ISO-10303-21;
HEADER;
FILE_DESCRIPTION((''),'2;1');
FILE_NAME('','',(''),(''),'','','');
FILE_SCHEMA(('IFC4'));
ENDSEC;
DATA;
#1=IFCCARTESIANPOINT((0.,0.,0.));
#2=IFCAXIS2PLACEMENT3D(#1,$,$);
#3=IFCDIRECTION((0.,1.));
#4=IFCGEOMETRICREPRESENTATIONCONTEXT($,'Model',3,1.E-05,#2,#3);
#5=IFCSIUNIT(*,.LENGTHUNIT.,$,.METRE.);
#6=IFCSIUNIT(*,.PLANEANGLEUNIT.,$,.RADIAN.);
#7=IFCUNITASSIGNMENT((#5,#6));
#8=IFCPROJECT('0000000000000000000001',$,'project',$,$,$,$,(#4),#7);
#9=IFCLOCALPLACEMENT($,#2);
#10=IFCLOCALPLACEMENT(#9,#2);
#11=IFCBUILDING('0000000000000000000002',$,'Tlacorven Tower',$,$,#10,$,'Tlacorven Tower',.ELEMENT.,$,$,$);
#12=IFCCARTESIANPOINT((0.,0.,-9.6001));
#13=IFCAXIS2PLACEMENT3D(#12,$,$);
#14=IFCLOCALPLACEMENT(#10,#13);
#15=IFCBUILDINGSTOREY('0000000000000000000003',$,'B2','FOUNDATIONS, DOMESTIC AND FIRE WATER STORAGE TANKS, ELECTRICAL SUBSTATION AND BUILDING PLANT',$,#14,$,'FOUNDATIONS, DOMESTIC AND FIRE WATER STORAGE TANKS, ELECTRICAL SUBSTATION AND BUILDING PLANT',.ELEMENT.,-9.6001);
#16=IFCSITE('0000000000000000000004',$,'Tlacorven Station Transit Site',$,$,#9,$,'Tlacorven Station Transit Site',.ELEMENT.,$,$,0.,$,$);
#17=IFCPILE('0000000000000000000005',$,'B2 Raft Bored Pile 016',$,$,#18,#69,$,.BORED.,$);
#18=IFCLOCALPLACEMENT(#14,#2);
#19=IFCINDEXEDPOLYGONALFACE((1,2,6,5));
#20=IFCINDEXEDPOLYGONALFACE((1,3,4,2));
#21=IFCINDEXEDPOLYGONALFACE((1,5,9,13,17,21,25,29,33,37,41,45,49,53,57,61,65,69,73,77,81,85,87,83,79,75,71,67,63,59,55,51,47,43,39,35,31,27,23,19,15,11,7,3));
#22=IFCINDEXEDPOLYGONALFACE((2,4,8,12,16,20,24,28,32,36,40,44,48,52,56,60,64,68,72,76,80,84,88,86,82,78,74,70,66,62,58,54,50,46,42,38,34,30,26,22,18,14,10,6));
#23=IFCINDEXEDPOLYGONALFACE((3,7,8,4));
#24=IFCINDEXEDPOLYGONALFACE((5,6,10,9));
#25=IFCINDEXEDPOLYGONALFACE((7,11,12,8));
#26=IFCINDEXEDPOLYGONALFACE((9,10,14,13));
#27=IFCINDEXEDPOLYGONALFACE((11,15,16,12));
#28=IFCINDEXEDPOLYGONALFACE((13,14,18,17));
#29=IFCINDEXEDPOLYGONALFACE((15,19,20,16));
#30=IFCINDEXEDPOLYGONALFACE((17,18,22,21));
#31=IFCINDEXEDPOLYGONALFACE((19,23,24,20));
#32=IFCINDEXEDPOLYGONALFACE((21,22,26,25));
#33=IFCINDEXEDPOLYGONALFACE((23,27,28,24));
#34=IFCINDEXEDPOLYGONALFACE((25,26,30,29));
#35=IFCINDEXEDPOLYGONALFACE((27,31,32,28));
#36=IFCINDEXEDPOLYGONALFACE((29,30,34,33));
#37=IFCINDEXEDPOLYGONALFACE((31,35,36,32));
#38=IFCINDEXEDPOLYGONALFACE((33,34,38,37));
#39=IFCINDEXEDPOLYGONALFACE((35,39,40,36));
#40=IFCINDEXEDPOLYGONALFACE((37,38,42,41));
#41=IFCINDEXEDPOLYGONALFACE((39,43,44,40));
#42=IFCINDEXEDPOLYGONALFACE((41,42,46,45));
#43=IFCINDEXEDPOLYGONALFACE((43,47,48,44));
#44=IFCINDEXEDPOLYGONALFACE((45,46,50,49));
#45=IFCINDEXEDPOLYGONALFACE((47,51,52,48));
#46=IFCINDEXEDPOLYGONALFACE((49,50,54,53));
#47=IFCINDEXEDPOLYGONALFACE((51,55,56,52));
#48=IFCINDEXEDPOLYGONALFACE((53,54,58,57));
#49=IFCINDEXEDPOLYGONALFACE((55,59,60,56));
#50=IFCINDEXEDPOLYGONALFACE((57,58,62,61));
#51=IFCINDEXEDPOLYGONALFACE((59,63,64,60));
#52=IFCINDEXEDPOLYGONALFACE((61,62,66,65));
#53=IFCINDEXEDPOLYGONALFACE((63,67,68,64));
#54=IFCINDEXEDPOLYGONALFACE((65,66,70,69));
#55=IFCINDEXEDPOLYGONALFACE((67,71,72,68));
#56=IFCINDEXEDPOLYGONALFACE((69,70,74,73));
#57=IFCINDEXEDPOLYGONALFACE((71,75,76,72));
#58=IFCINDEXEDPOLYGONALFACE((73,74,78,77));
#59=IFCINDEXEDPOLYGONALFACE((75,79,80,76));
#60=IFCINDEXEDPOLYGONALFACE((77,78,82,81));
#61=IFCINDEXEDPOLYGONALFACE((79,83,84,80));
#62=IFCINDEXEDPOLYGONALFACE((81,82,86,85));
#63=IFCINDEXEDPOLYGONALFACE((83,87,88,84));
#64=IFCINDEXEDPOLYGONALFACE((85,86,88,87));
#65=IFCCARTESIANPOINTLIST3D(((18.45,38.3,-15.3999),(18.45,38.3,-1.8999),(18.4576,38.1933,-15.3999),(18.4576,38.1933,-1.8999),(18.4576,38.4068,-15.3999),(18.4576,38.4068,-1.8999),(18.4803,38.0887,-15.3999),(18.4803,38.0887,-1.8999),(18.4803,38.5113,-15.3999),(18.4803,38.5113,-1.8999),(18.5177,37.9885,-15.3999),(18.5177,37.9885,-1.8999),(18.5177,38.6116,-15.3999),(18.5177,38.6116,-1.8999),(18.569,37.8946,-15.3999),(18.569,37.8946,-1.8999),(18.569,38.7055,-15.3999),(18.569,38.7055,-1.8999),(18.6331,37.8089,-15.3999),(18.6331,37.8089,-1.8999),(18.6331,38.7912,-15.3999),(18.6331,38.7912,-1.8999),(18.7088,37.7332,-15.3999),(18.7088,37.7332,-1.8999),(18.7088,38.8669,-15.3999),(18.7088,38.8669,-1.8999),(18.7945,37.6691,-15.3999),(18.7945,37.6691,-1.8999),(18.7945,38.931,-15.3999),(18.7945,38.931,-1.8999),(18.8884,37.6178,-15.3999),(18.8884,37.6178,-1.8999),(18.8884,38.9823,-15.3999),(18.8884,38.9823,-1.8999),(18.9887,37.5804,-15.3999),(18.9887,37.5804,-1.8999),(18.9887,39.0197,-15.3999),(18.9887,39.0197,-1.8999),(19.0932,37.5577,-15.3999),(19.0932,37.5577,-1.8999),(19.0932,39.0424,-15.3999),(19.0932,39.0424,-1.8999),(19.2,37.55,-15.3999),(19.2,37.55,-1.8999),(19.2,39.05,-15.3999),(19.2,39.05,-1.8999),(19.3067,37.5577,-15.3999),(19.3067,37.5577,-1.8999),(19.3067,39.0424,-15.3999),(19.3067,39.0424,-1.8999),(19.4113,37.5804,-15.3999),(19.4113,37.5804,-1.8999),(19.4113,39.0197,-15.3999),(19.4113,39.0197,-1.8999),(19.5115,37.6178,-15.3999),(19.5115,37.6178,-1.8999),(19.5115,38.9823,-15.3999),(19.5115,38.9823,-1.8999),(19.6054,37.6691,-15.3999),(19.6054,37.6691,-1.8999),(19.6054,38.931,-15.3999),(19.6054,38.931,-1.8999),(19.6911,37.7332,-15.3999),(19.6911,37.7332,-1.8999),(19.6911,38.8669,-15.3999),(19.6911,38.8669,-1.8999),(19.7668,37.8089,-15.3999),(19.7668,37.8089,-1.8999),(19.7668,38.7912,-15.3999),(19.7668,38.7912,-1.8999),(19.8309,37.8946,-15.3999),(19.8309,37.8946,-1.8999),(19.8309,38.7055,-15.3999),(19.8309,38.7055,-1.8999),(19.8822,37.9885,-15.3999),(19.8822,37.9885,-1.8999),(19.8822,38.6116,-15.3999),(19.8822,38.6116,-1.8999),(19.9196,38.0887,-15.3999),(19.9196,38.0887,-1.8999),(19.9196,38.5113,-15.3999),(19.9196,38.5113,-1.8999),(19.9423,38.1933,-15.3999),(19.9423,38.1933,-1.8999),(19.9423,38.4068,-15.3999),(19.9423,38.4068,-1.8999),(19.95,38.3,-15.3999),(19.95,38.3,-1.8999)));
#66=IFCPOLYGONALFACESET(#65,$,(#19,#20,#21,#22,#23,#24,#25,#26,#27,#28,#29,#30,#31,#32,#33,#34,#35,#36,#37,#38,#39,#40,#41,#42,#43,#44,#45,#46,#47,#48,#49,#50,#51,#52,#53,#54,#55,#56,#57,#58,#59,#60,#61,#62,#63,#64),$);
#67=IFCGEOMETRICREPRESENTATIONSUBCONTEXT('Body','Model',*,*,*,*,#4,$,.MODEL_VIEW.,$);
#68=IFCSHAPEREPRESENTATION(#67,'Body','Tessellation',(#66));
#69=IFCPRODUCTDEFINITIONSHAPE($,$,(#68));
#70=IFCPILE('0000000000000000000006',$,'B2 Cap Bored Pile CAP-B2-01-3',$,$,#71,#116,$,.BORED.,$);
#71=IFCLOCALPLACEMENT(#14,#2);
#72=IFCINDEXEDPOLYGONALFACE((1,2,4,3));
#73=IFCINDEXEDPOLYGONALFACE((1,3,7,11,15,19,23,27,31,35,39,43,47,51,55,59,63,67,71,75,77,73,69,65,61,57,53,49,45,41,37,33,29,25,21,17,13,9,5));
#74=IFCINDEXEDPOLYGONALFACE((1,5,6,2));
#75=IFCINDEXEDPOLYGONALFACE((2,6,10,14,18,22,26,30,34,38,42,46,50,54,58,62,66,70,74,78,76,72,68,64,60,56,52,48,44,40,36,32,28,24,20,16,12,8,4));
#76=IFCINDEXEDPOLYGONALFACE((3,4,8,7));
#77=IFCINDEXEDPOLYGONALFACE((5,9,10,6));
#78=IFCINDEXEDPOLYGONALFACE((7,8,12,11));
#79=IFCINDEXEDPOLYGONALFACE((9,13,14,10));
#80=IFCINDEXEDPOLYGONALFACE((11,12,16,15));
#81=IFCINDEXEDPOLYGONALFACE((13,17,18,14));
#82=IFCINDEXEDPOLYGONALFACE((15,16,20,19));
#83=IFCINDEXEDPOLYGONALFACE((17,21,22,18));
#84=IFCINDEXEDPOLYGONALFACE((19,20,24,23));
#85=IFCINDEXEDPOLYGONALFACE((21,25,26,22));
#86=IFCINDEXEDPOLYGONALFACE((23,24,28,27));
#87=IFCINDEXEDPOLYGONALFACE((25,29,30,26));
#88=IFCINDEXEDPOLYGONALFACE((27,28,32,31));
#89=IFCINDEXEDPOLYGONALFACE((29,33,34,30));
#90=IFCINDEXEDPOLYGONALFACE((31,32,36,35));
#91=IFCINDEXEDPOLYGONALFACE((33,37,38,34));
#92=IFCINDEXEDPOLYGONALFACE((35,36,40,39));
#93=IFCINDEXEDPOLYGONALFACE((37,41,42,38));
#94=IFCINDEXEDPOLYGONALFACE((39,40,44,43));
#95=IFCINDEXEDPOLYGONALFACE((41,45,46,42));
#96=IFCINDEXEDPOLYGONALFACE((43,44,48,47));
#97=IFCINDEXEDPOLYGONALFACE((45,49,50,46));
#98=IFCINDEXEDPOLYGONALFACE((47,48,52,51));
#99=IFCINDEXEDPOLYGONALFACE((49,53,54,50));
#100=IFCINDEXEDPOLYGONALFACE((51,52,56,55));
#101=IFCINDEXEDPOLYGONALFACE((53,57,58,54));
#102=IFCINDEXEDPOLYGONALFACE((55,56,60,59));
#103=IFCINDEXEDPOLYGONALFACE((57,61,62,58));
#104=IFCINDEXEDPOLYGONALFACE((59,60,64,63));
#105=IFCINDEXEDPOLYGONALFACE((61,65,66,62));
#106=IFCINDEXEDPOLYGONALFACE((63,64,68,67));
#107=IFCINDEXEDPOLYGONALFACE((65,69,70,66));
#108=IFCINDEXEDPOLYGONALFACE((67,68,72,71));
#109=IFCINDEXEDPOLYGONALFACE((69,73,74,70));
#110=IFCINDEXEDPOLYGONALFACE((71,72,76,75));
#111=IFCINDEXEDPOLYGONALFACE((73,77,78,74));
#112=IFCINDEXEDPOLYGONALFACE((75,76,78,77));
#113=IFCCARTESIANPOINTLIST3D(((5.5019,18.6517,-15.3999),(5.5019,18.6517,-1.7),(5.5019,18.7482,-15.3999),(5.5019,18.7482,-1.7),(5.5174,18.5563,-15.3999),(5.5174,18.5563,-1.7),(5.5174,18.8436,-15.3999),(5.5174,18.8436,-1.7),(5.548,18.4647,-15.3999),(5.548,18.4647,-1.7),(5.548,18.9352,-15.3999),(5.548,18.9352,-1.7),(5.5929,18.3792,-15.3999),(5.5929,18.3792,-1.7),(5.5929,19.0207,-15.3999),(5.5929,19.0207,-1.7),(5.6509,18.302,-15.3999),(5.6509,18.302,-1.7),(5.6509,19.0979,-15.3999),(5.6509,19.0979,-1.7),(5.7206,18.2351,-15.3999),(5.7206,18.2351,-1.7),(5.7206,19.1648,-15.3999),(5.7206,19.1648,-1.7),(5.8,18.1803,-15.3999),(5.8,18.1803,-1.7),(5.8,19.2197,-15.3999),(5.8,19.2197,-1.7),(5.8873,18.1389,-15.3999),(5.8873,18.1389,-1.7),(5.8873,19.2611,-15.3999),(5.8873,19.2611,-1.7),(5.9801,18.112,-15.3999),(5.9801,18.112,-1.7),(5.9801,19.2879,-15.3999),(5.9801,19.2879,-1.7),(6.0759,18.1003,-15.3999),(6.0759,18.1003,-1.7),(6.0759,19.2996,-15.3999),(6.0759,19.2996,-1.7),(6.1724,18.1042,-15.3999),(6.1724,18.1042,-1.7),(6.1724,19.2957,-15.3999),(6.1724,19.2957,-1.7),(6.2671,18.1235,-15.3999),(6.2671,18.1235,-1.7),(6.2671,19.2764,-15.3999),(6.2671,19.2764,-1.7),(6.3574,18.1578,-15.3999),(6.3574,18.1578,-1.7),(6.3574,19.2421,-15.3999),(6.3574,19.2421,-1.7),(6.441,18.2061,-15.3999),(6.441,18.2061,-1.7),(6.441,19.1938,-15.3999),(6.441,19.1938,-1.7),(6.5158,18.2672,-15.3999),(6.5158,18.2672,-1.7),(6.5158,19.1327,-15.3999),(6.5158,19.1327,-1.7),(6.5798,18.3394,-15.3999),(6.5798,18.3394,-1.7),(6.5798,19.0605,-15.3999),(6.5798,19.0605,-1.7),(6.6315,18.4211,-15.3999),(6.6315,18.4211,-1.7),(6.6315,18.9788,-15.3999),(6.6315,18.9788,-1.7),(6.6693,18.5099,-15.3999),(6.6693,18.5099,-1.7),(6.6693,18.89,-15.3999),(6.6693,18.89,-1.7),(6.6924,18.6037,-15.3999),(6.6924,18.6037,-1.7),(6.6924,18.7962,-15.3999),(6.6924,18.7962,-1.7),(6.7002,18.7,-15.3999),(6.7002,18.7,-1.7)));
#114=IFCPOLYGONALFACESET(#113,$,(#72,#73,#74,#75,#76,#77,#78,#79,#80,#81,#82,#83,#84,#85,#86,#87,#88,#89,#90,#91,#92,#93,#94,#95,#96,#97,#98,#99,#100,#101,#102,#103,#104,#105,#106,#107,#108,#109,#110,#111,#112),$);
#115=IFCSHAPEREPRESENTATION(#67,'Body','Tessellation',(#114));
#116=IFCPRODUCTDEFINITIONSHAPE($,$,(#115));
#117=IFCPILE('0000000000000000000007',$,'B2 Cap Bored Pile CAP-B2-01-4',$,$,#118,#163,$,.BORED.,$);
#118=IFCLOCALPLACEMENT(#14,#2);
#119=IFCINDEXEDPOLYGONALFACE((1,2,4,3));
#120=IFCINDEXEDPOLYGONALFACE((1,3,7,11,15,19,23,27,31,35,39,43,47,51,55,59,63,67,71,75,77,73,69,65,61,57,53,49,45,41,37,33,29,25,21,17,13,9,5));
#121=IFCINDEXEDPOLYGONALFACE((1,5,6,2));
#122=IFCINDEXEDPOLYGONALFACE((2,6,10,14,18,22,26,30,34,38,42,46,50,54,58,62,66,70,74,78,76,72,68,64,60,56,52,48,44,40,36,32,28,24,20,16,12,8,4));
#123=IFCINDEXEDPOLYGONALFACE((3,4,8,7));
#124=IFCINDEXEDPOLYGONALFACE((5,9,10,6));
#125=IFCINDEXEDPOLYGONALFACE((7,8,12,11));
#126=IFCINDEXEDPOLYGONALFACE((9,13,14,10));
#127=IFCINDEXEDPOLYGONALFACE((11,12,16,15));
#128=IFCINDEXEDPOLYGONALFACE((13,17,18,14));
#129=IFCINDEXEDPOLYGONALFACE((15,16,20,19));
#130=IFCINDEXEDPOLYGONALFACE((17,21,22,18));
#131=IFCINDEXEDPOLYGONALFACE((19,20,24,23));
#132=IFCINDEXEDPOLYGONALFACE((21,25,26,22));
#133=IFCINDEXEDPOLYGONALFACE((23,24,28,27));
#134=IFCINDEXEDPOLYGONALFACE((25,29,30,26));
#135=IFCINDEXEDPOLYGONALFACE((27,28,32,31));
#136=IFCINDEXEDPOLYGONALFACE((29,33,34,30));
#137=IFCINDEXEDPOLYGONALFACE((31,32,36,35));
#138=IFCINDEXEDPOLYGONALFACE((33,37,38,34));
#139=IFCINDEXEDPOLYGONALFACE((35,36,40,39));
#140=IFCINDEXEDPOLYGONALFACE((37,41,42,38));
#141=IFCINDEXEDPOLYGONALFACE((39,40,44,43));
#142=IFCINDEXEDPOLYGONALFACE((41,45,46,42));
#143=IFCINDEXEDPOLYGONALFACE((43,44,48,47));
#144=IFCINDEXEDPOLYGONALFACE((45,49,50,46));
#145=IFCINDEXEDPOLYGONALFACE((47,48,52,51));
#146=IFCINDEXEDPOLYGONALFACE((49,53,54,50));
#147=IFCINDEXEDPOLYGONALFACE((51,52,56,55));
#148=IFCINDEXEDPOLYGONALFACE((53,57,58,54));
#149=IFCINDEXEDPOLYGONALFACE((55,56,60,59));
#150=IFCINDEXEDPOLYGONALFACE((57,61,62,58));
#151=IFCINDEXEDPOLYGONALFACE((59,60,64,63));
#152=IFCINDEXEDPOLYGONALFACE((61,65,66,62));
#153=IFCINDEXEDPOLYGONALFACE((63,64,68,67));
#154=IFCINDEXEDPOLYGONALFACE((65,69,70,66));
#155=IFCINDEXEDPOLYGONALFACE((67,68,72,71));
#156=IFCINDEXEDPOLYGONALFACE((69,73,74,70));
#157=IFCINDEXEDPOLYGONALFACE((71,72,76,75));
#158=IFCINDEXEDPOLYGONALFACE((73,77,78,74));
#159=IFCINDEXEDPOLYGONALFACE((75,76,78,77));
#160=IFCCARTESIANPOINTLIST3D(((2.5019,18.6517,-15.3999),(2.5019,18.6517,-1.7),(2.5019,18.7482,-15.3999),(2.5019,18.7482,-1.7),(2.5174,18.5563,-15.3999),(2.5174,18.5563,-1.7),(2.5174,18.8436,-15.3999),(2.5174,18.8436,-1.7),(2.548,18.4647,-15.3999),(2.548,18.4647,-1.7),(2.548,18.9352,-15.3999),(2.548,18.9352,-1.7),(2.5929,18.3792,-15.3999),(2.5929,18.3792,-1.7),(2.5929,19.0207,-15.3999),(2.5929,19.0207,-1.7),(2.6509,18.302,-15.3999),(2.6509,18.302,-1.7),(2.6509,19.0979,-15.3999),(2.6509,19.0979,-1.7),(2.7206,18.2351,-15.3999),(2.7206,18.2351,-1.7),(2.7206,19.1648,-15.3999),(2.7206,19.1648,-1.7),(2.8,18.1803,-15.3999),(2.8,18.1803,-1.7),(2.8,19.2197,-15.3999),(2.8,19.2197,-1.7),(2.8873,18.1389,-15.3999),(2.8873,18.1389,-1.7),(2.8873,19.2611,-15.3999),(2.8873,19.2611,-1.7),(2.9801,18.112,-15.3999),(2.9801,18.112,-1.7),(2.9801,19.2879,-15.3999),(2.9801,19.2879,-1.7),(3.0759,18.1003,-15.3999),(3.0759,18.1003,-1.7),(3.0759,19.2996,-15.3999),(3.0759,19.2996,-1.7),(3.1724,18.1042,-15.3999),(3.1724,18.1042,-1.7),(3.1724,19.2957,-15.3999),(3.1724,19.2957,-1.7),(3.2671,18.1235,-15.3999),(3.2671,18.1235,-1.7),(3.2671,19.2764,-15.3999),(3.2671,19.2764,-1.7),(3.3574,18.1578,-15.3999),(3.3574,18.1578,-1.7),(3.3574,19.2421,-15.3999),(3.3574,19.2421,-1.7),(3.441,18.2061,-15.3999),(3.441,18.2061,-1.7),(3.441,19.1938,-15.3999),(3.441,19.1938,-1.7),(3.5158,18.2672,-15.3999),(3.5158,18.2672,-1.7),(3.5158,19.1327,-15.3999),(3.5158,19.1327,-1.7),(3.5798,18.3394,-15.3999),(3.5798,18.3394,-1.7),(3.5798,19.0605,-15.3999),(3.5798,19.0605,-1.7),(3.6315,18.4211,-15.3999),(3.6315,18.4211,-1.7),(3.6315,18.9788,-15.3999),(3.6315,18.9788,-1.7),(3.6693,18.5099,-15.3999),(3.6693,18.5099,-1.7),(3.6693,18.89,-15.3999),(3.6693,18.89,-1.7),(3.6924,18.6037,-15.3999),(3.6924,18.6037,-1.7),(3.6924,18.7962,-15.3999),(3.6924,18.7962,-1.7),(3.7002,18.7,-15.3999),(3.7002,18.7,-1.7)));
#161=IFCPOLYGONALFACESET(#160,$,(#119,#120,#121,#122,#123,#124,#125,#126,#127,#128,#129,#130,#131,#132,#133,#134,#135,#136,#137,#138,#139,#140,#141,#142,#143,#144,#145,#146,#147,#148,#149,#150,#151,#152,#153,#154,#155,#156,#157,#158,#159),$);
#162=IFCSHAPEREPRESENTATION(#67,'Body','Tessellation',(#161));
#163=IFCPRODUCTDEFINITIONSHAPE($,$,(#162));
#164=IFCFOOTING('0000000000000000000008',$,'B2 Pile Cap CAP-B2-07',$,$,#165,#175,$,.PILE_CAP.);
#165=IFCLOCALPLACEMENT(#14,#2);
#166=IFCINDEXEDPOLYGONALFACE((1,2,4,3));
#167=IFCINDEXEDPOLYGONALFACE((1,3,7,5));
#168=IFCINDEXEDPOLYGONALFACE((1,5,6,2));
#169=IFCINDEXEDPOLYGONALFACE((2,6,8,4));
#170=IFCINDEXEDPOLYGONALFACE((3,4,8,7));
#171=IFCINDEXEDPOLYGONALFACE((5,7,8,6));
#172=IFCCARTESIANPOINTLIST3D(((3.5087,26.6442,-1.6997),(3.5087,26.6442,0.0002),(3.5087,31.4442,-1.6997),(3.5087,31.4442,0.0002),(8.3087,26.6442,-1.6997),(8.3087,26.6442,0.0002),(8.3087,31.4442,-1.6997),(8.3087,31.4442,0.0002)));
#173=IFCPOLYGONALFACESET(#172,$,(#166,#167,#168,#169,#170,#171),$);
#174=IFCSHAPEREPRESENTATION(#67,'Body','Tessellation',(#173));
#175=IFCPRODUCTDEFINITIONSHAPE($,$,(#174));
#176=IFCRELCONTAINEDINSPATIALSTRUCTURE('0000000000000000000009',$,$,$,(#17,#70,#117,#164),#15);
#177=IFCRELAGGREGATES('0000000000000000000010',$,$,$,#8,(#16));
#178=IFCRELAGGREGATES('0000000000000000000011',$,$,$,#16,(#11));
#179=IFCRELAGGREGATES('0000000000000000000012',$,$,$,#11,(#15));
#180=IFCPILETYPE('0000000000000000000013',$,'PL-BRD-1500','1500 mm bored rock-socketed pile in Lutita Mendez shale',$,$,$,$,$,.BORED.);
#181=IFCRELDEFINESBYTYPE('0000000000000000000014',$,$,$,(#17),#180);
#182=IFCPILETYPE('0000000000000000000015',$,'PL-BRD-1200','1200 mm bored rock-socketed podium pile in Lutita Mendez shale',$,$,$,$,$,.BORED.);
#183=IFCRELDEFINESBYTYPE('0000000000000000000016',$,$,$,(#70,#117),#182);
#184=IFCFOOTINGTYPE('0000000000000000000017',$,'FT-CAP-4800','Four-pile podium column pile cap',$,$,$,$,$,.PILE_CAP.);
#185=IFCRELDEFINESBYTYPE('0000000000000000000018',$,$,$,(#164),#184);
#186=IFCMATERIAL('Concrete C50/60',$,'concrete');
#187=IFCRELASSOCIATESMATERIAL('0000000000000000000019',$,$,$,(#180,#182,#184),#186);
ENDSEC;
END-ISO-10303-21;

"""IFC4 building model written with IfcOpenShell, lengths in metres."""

from ifc_helpers import new_model, si_unit, direction, frame, origin, origin_2d, place, context, subcontext, project, spatial, rectangle, circle, extrude, source, transform, mapped, material, material_profile, profile_set, type_object, element, save


model = new_model("IFC4")

# Units and contexts
model_context = context("Model", 3, precision=1e-05, world=origin(), true_north=direction((0.0, 1.0)))
body_context = subcontext(model_context, "Body", "Model", "MODEL_VIEW")
ifc_project = project(units=[si_unit("LENGTHUNIT", "METRE"), si_unit("PLANEANGLEUNIT", "RADIAN")], contexts=[model_context])

# Site, building, storey
site_placement = place(None, origin())
site = spatial("IfcSite", under=ifc_project, at=site_placement, Name="Tlacorven Station Transit Site", LongName="Tlacorven Station Transit Site", CompositionType="ELEMENT", RefElevation=0.0)
building_placement = place(site_placement, origin())
building = spatial("IfcBuilding", under=site, at=building_placement, Name="Tlacorven Tower", LongName="Tlacorven Tower", CompositionType="ELEMENT")
storey_placement = place(building_placement, frame((0.0, 0.0, -9.6001)))
storey = spatial("IfcBuildingStorey", under=building, at=storey_placement, Name="B2", Description="FOUNDATIONS, DOMESTIC AND FIRE WATER STORAGE TANKS, ELECTRICAL SUBSTATION AND BUILDING PLANT", LongName="FOUNDATIONS, DOMESTIC AND FIRE WATER STORAGE TANKS, ELECTRICAL SUBSTATION AND BUILDING PLANT", CompositionType="ELEMENT", Elevation=-9.6001)

# Piles
ifc_material_1 = material(Name="Concrete C50/60", Category="concrete")
ifc_material_profile_1 = material_profile(ifc_material_1, circle(Radius=0.75, at=origin_2d()), Name="BORED PILE D1500")
ifc_profile_set_1 = profile_set([ifc_material_profile_1], Name="Concrete C50/60")
pile_type_1 = type_object("IfcPileType", Name="PL-BRD-1500", Description="1500 mm bored rock-socketed pile in Lutita Mendez shale", PredefinedType="BORED", material=ifc_profile_set_1)
shared_shape_1 = source(origin(), body_context, "Body", "SweptSolid", [
    extrude(circle(Radius=0.75, at=origin_2d()), origin(), (0.0, 0.0, 1.0), 13.5),
])
for number, where, z_axis, x_axis, name in (
    (1, (19.2, 38.3, -1.8999), (0.0, 0.0, -1.0), (1.0, 0.0, 0.0), "B2 Raft Bored Pile 016"),
):
    element("IfcPile", number, at=place(storey_placement, frame(where, z_axis=z_axis, x_axis=x_axis)), inside=storey, type_object=pile_type_1, Name=name, PredefinedType="BORED", context=body_context, shape_type="MappedRepresentation", body=[
        mapped(shared_shape_1, transform((0.0, 0.0, 0.0), scale=1.0)),
    ])
ifc_material_profile_2 = material_profile(ifc_material_1, circle(Radius=0.6001, at=origin_2d()), Name="BORED PILE D1200")
ifc_profile_set_2 = profile_set([ifc_material_profile_2], Name="Concrete C50/60")
pile_type_2 = type_object("IfcPileType", Name="PL-BRD-1200", Description="1200 mm bored rock-socketed podium pile in Lutita Mendez shale", PredefinedType="BORED", material=ifc_profile_set_2)
shared_shape_2 = source(origin(), body_context, "Body", "SweptSolid", [
    extrude(circle(Radius=0.6001, at=origin_2d()), origin(), (0.0, 0.0, 1.0), 13.7),
])
for number, where, z_axis, x_axis, name in (
    (2, (6.1001, 18.7, -1.7), (0.0, 0.0, -1.0), (1.0, 0.0, 0.0), "B2 Cap Bored Pile CAP-B2-01-3"),
    (3, (3.1001, 18.7, -1.7), (0.0, 0.0, -1.0), (1.0, 0.0, 0.0), "B2 Cap Bored Pile CAP-B2-01-4"),
):
    element("IfcPile", number, at=place(storey_placement, frame(where, z_axis=z_axis, x_axis=x_axis)), inside=storey, type_object=pile_type_2, Name=name, PredefinedType="BORED", context=body_context, shape_type="MappedRepresentation", body=[
        mapped(shared_shape_2, transform((0.0, 0.0, 0.0), scale=1.0)),
    ])

# Footing
footing_type_1 = type_object("IfcFootingType", Name="FT-CAP-4800", Description="Four-pile podium column pile cap", PredefinedType="PILE_CAP", material=ifc_material_1)
shared_shape_3 = source(origin(), body_context, "Body", "SweptSolid", [
    extrude(rectangle(XDim=4.8, YDim=4.8, at=origin_2d()), origin(), (0.0, 0.0, 1.0), 1.7),
])
footing_1_placement = place(storey_placement, frame((5.9087, 29.0442, -1.6997), z_axis=(0.0, 0.0, 1.0), x_axis=(1.0, 0.0, 0.0)))
element("IfcFooting", 4, at=footing_1_placement, inside=storey, type_object=footing_type_1, Name="B2 Pile Cap CAP-B2-07", PredefinedType="PILE_CAP", context=body_context, shape_type="MappedRepresentation", body=[
    mapped(shared_shape_3, transform((0.0, 0.0, 0.0), scale=1.0)),
])

save(model, "model.ifc")
